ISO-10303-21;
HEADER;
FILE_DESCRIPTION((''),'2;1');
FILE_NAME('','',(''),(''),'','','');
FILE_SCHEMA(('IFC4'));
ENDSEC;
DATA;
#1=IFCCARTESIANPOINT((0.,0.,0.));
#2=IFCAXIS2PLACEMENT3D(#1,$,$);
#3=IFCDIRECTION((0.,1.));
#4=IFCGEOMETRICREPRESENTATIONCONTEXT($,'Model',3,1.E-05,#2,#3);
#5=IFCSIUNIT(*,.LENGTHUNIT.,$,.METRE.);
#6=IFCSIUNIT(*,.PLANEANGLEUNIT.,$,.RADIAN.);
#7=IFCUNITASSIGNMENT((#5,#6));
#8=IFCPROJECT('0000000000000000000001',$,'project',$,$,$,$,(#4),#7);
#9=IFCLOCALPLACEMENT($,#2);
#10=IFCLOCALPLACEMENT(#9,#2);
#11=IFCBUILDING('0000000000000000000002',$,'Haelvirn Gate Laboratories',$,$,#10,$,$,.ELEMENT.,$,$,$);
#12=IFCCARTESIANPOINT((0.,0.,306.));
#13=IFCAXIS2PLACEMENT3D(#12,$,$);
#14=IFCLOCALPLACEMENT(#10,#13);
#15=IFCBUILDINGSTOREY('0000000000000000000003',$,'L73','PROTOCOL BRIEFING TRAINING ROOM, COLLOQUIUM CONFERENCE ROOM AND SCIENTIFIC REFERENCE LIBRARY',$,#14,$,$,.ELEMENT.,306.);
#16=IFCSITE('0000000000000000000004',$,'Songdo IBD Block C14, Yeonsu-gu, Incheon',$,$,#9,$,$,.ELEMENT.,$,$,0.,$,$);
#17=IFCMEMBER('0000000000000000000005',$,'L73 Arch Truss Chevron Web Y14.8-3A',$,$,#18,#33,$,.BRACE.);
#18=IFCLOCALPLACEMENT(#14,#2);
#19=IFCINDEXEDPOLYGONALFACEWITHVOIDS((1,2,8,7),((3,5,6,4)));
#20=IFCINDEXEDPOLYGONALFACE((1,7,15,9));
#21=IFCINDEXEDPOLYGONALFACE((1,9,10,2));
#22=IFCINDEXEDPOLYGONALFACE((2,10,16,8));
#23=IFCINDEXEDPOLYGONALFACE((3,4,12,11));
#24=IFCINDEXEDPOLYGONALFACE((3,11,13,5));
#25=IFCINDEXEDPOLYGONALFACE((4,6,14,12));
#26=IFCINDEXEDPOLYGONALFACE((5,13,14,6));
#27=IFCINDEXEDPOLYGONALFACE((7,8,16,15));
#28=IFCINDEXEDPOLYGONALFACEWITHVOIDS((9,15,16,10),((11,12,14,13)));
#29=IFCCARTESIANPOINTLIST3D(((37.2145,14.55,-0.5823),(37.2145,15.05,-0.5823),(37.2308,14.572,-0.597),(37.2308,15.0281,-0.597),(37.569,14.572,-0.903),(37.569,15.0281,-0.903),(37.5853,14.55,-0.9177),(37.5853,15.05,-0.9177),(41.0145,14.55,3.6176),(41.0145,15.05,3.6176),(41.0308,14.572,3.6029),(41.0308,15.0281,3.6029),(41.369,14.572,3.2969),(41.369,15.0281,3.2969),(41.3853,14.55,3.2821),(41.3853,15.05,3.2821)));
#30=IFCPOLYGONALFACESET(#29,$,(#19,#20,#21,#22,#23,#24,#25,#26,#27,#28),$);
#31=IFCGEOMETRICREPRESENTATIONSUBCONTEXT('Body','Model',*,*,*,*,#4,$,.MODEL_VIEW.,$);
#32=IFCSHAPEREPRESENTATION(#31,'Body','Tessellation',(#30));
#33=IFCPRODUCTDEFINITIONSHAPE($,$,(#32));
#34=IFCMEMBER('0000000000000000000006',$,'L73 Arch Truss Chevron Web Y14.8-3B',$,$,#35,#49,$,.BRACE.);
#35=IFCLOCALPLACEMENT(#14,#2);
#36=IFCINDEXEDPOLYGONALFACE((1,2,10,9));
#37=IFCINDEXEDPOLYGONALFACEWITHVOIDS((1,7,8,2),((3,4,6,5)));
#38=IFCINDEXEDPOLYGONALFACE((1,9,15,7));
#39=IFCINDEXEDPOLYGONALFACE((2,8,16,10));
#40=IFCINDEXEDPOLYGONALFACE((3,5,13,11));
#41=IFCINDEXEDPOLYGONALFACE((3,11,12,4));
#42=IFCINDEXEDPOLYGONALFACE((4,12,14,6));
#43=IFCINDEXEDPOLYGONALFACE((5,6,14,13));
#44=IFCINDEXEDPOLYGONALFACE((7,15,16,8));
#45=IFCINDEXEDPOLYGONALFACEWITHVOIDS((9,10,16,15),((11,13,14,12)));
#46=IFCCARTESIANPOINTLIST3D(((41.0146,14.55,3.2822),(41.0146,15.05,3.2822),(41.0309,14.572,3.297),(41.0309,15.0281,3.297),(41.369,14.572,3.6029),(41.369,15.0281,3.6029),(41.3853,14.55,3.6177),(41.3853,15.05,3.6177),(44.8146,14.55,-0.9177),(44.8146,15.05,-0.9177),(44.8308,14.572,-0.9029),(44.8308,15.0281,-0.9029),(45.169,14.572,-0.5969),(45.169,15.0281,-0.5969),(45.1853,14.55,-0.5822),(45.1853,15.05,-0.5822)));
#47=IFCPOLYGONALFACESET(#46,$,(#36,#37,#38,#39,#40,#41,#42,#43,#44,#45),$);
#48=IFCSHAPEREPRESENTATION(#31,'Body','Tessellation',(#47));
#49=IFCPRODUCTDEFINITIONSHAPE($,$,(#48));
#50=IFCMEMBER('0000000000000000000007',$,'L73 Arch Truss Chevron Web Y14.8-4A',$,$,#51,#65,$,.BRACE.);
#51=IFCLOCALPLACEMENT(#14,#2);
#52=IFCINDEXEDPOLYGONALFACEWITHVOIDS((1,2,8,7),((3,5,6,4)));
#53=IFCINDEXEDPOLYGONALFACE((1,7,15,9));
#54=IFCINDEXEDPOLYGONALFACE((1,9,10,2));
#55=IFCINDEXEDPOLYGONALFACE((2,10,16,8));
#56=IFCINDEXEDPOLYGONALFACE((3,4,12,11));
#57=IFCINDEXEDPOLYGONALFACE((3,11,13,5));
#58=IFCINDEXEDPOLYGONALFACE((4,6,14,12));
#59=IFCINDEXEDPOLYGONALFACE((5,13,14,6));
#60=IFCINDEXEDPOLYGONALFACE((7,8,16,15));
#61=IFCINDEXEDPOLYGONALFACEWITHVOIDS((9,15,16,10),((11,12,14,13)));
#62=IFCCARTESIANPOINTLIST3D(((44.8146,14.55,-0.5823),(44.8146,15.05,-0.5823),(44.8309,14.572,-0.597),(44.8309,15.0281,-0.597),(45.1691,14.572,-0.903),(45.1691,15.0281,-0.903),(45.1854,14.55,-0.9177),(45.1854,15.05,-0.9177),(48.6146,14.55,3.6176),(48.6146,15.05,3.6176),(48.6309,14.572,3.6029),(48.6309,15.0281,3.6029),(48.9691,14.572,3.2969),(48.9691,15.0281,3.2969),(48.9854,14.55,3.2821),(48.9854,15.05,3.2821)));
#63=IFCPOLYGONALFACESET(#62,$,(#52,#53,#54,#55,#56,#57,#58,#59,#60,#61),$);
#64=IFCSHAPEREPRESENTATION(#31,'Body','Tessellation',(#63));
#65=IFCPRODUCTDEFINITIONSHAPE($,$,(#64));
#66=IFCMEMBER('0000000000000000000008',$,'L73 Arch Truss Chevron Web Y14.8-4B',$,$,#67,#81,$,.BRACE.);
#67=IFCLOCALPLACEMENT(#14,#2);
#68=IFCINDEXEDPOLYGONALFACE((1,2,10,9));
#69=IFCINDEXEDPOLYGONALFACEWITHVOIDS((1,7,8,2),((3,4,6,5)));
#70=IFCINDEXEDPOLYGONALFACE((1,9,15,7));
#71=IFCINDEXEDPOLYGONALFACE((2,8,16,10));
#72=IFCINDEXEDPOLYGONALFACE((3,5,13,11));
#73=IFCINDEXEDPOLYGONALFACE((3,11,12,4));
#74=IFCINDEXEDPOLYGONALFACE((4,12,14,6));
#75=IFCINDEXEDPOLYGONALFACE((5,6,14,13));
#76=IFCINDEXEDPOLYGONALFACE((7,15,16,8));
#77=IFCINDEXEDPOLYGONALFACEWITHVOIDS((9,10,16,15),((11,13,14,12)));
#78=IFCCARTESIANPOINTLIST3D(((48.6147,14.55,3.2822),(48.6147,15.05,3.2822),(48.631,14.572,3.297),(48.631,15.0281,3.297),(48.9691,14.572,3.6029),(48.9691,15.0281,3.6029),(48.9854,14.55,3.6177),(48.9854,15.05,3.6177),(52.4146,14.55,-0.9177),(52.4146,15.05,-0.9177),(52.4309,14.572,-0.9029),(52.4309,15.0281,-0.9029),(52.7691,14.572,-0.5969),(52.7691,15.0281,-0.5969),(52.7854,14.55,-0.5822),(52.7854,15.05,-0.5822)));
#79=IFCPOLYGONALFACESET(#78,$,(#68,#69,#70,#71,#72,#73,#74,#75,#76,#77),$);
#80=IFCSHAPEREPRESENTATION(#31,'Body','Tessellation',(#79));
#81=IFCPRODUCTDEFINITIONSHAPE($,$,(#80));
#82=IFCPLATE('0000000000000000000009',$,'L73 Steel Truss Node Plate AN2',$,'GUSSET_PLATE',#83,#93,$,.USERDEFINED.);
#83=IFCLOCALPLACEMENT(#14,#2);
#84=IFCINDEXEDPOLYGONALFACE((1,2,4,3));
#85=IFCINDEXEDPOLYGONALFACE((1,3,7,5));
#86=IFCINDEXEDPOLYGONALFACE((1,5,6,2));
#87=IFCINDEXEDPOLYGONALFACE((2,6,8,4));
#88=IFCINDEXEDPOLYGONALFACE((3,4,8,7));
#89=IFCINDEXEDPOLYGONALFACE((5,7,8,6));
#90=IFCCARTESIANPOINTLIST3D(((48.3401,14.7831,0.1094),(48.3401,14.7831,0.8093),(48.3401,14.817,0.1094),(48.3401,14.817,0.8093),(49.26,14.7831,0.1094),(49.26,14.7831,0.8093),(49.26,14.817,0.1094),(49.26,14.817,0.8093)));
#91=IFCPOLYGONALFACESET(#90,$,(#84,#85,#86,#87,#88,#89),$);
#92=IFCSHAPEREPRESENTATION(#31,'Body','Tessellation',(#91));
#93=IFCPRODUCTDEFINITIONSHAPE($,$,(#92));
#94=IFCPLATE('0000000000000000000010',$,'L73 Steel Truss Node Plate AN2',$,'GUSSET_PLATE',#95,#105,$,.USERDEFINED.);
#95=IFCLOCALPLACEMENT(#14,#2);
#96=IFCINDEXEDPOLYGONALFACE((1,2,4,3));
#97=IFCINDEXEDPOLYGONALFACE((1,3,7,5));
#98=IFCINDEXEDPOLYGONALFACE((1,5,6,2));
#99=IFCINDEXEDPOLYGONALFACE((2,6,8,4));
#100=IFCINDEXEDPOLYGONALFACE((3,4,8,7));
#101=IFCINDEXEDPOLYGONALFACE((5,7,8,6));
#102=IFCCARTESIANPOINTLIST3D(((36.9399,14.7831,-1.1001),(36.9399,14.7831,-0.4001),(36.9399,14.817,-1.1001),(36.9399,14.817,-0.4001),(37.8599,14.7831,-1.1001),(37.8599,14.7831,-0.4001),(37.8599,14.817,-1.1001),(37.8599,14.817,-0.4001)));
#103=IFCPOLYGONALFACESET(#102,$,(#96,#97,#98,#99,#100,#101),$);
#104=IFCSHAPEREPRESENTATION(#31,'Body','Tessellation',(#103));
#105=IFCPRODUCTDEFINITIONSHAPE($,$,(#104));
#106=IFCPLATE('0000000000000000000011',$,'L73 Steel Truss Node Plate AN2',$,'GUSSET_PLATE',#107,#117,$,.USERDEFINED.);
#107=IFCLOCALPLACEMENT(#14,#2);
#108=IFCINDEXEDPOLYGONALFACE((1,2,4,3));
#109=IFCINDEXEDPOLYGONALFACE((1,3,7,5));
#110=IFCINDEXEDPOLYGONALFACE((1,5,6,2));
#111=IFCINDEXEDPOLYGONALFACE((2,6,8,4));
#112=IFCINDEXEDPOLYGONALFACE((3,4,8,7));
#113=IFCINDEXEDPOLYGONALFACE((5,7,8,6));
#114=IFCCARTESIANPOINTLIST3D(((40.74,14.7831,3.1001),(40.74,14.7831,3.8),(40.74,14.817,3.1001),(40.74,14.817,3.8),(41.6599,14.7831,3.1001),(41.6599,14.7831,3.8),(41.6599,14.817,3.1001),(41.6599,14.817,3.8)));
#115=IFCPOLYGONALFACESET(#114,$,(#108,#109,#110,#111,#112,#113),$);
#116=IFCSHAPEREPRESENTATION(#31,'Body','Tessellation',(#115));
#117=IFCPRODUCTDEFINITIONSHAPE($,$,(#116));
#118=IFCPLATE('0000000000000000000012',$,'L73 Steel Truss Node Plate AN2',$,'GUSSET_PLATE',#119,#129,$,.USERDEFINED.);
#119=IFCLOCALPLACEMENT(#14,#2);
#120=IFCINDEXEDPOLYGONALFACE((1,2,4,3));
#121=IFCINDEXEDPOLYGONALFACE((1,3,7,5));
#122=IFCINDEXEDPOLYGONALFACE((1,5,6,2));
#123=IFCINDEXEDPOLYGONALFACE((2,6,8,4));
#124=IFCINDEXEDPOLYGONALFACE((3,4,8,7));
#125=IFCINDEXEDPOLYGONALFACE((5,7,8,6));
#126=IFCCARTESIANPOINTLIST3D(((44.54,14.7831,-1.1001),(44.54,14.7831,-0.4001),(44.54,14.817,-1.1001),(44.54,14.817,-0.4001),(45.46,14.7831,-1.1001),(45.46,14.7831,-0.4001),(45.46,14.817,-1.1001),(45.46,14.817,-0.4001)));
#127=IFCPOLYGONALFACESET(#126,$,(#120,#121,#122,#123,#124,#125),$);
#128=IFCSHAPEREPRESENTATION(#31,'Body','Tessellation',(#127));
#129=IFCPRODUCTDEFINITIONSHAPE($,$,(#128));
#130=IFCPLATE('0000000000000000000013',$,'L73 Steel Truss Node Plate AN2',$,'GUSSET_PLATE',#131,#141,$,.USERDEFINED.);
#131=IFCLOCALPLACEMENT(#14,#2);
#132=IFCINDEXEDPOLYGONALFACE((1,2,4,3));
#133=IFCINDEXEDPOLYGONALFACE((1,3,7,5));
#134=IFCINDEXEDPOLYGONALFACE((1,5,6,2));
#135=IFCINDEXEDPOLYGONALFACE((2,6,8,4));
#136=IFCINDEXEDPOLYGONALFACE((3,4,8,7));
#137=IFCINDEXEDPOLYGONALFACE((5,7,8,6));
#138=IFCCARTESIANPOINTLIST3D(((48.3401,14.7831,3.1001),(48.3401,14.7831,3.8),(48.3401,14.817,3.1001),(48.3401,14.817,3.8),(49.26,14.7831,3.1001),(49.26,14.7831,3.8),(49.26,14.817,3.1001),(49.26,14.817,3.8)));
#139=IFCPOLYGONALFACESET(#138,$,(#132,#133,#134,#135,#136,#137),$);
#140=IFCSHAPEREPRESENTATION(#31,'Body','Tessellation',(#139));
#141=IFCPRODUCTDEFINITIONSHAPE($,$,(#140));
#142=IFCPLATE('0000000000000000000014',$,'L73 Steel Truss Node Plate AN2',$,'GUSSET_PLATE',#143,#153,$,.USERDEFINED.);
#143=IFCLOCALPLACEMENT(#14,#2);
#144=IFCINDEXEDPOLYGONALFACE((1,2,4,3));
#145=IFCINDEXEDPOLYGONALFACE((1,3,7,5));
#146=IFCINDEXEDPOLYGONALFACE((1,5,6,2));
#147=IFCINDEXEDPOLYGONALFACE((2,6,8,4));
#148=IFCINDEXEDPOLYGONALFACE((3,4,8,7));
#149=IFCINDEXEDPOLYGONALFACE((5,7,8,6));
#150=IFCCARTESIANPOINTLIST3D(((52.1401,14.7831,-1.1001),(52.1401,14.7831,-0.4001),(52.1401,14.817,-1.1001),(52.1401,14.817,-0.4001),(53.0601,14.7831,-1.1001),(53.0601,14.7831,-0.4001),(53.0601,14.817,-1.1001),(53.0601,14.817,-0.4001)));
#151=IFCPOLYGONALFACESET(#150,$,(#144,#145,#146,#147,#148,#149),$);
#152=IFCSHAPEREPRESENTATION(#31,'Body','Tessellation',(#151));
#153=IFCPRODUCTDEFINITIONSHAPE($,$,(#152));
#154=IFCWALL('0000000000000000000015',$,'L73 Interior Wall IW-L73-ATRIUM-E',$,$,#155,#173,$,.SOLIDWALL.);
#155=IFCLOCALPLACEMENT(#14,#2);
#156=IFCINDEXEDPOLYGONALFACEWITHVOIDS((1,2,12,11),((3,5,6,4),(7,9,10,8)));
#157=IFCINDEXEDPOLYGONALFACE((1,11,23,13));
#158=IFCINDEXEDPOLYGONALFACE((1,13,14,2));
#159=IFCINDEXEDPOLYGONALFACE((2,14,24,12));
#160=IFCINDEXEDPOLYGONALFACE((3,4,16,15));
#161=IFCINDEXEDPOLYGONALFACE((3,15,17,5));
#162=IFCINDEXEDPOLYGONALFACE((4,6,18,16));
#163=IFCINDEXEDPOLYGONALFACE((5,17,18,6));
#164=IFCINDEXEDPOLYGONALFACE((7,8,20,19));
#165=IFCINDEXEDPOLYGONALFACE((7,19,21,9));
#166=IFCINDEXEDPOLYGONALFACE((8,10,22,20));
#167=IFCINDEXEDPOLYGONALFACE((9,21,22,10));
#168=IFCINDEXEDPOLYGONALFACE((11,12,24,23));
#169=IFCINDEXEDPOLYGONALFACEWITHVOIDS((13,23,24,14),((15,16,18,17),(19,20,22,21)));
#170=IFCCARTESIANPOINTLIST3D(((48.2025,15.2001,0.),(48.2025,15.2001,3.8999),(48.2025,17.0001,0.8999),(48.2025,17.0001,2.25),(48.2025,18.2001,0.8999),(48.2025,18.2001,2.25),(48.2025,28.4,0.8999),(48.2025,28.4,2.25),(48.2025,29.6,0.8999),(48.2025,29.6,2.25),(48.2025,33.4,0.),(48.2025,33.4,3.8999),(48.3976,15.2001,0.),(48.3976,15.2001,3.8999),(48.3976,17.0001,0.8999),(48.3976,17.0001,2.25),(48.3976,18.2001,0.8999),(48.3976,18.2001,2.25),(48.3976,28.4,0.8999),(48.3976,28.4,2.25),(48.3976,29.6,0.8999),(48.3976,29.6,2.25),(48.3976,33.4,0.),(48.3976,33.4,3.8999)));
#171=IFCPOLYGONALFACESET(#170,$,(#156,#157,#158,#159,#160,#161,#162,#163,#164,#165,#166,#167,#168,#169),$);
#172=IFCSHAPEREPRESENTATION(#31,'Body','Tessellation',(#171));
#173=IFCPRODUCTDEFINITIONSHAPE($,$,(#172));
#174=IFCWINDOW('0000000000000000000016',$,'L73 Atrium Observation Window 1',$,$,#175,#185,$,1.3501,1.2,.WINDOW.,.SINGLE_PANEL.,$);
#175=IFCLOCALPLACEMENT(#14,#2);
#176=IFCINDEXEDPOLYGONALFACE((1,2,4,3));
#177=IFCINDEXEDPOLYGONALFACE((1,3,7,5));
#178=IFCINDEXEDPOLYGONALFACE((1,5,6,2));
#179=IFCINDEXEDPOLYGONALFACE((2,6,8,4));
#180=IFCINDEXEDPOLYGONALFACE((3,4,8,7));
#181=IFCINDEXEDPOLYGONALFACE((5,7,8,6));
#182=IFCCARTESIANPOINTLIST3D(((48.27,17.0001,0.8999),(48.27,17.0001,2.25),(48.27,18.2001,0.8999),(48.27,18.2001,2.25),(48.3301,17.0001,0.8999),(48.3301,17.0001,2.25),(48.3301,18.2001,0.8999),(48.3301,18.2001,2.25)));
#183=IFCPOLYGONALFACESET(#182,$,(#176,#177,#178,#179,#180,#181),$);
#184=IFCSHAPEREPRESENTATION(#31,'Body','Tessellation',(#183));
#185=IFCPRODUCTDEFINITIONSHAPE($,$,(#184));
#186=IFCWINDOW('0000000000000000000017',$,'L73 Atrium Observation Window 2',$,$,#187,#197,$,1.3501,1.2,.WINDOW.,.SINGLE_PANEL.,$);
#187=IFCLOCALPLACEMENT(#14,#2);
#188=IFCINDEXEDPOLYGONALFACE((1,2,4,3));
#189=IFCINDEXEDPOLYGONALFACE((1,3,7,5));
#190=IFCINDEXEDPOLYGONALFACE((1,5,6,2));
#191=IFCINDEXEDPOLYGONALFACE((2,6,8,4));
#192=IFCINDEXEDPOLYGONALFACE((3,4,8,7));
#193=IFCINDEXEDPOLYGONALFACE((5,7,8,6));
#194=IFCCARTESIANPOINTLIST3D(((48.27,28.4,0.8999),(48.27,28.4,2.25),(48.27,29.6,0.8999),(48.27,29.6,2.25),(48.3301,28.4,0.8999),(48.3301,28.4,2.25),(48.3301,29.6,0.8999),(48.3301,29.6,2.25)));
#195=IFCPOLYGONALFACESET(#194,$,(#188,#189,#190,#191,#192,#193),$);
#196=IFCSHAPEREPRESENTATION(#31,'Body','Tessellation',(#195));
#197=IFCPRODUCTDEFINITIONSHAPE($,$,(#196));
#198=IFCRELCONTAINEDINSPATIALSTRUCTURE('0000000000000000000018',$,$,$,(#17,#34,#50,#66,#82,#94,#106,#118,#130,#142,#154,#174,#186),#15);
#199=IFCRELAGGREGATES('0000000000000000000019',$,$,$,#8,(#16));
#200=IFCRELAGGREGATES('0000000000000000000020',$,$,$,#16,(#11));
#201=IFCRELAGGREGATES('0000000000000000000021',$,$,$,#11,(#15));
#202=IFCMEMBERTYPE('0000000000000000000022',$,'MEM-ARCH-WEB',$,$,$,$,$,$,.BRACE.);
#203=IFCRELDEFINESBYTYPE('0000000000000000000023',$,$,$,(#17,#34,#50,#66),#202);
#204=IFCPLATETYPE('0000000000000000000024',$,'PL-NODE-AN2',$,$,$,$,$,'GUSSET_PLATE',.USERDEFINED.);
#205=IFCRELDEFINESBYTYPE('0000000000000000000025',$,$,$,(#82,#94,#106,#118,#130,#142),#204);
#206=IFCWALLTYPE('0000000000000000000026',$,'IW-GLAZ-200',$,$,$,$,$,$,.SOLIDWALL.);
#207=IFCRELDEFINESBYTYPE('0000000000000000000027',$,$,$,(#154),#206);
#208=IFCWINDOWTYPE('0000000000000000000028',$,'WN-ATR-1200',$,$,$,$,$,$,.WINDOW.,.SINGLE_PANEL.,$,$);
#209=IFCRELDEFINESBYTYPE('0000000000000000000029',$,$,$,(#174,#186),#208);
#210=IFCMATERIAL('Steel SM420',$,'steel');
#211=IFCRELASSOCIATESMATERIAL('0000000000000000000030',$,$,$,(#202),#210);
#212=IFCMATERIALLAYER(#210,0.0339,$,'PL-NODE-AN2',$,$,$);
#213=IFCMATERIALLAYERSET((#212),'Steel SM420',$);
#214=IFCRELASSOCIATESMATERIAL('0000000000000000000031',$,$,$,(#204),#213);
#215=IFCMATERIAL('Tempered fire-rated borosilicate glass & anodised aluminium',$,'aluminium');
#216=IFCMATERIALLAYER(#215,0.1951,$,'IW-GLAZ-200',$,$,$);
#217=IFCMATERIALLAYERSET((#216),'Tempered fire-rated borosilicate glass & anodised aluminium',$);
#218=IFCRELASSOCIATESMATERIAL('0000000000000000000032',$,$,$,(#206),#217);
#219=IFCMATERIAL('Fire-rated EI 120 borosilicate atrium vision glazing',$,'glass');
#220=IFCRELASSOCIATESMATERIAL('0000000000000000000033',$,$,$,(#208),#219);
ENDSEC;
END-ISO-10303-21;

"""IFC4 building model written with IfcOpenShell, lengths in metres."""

from ifc_helpers import new_model, si_unit, direction, frame, frame_2d, origin, origin_2d, place, context, subcontext, project, spatial, rectangle, hollow_rectangle, extrude, source, transform, mapped, material, layer, layer_set, material_profile, profile_set, type_object, type_shapes, element, fill, save


model = new_model("IFC4")

# Units and contexts
model_context = context("Model", 3, precision=1e-05, world=origin(), true_north=direction((0.0, 1.0)))
body_context = subcontext(model_context, "Body", "Model", "MODEL_VIEW")
ifc_project = project(units=[si_unit("LENGTHUNIT", "METRE"), si_unit("PLANEANGLEUNIT", "RADIAN")], contexts=[model_context])

# Site, building, storey
site_placement = place(None, origin())
site = spatial("IfcSite", under=ifc_project, at=site_placement, Name="Songdo IBD Block C14, Yeonsu-gu, Incheon", CompositionType="ELEMENT", RefElevation=0.0)
building_placement = place(site_placement, origin())
building = spatial("IfcBuilding", under=site, at=building_placement, Name="Haelvirn Gate Laboratories", CompositionType="ELEMENT")
storey_placement = place(building_placement, frame((0.0, 0.0, 306.0)))
storey = spatial("IfcBuildingStorey", under=building, at=storey_placement, Name="L73", Description="PROTOCOL BRIEFING TRAINING ROOM, COLLOQUIUM CONFERENCE ROOM AND SCIENTIFIC REFERENCE LIBRARY", CompositionType="ELEMENT", Elevation=306.0)

# Shared definitions
ifc_material_1 = material(Name="Steel SM420", Category="steel")

# Members
ifc_material_profile_1 = material_profile(ifc_material_1, hollow_rectangle(XDim=0.5, YDim=0.5, WallThickness=0.022, at=origin_2d()), Name="BOX-500x500x22")
ifc_profile_set_1 = profile_set([ifc_material_profile_1], Name="Steel SM420")
member_type_1 = type_object("IfcMemberType", Name="MEM-ARCH-WEB", PredefinedType="BRACE", material=ifc_profile_set_1)
shared_shape_1 = source(origin(), body_context, "Body", "SweptSolid", [
    extrude(hollow_rectangle(XDim=0.5, YDim=0.5, WallThickness=0.022, at=origin_2d()), origin(), (0.0, 0.0, 1.0), 5.6638),
])
type_shapes(member_type_1, [shared_shape_1])
for number, where, z_axis, x_axis, name in (
    (1, (37.3999, 14.8, -0.75), (0.670922, 0.0, 0.741528), (0.0, 1.0, 0.0), "L73 Arch Truss Chevron Web Y14.8-3A"),
    (2, (41.2, 14.8, 3.45), (0.670922, 0.0, -0.741528), (0.0, 1.0, 0.0), "L73 Arch Truss Chevron Web Y14.8-3B"),
    (3, (45.0, 14.8, -0.75), (0.670922, 0.0, 0.741528), (0.0, 1.0, 0.0), "L73 Arch Truss Chevron Web Y14.8-4A"),
    (4, (48.8, 14.8, 3.45), (0.670922, 0.0, -0.741528), (0.0, 1.0, 0.0), "L73 Arch Truss Chevron Web Y14.8-4B"),
):
    element("IfcMember", number, at=place(storey_placement, frame(where, z_axis=z_axis, x_axis=x_axis)), inside=storey, type_object=member_type_1, Name=name, PredefinedType="BRACE", context=body_context, shape_type="MappedRepresentation", body=[
        mapped(shared_shape_1, transform((0.0, 0.0, 0.0), scale=1.0)),
    ])

# Plates
ifc_layer_1 = layer(ifc_material_1, 0.0339, Name="PL-NODE-AN2")
ifc_layer_set_1 = layer_set([ifc_layer_1], Name="Steel SM420")
plate_type = type_object("IfcPlateType", Name="PL-NODE-AN2", ElementType="GUSSET_PLATE", PredefinedType="USERDEFINED", material=ifc_layer_set_1)
shared_shape_2 = source(origin(), body_context, "Body", "SweptSolid", [
    extrude(rectangle(XDim=0.9199, YDim=0.0339, at=origin_2d()), origin(), (0.0, 0.0, 1.0), 0.7),
])
type_shapes(plate_type, [shared_shape_2])
for number, where, z_axis, x_axis, name in (
    (5, (48.8, 14.8, 0.1094), (0.0, 0.0, 1.0), (1.0, 0.0, 0.0), "L73 Steel Truss Node Plate AN2"),
    (6, (37.3999, 14.8, -1.1001), (0.0, 0.0, 1.0), (1.0, 0.0, 0.0), "L73 Steel Truss Node Plate AN2"),
    (7, (41.2, 14.8, 3.1001), (0.0, 0.0, 1.0), (1.0, 0.0, 0.0), "L73 Steel Truss Node Plate AN2"),
    (8, (45.0, 14.8, -1.1001), (0.0, 0.0, 1.0), (1.0, 0.0, 0.0), "L73 Steel Truss Node Plate AN2"),
    (9, (48.8, 14.8, 3.1001), (0.0, 0.0, 1.0), (1.0, 0.0, 0.0), "L73 Steel Truss Node Plate AN2"),
    (10, (52.6001, 14.8, -1.1001), (0.0, 0.0, 1.0), (1.0, 0.0, 0.0), "L73 Steel Truss Node Plate AN2"),
):
    element("IfcPlate", number, at=place(storey_placement, frame(where, z_axis=z_axis, x_axis=x_axis)), inside=storey, type_object=plate_type, Name=name, ObjectType="GUSSET_PLATE", PredefinedType="USERDEFINED", context=body_context, shape_type="MappedRepresentation", body=[
        mapped(shared_shape_2, transform((0.0, 0.0, 0.0), scale=1.0)),
    ])

# Wall, openings, windows
ifc_material_2 = material(Name="Tempered fire-rated borosilicate glass & anodised aluminium", Category="aluminium")
ifc_layer_2 = layer(ifc_material_2, 0.1951, Name="IW-GLAZ-200")
ifc_layer_set_2 = layer_set([ifc_layer_2], Name="Tempered fire-rated borosilicate glass & anodised aluminium")
wall_type_1 = type_object("IfcWallType", Name="IW-GLAZ-200", PredefinedType="SOLIDWALL", material=ifc_layer_set_2)
wall_1_placement = place(storey_placement, frame((48.3, 15.2, 0.0), z_axis=(0.0, 0.0, 1.0), x_axis=(0.0, 1.0, 0.0)))
wall_1 = element("IfcWall", 11, at=wall_1_placement, inside=storey, type_object=wall_type_1, Name="L73 Interior Wall IW-L73-ATRIUM-E", PredefinedType="SOLIDWALL", context=body_context, shape_type="SweptSolid", body=[
    extrude(rectangle(XDim=18.2, YDim=0.1951, at=frame_2d((9.1001, 0.0))), origin(), (0.0, 0.0, 1.0), 3.8999),
])
opening_1_placement = place(wall_1_placement, frame((1.8, 0.0, 0.8999)))
opening_1 = element("IfcOpeningElement", 12, at=opening_1_placement, cuts=wall_1, PredefinedType="OPENING", context=body_context, shape_type="SweptSolid", body=[
    extrude(rectangle(XDim=1.2, YDim=1.3501, at=frame_2d((0.6001, 0.675))), frame((0.0, 0.1074, 0.0), z_axis=(0.0, -1.0, 0.0), x_axis=(1.0, 0.0, 0.0)), (0.0, 0.0, 1.0), 0.2151),
])
opening_2_placement = place(wall_1_placement, frame((13.2, 0.0, 0.8999)))
opening_2 = element("IfcOpeningElement", 13, at=opening_2_placement, cuts=wall_1, PredefinedType="OPENING", context=body_context, shape_type="SweptSolid", body=[
    extrude(rectangle(XDim=1.2, YDim=1.3501, at=frame_2d((0.6001, 0.675))), frame((0.0, 0.1074, 0.0), z_axis=(0.0, -1.0, 0.0), x_axis=(1.0, 0.0, 0.0)), (0.0, 0.0, 1.0), 0.2151),
])
ifc_material_3 = material(Name="Fire-rated EI 120 borosilicate atrium vision glazing", Category="glass")
window_type = type_object("IfcWindowType", Name="WN-ATR-1200", PartitioningType="SINGLE_PANEL", PredefinedType="WINDOW", material=ifc_material_3)
shared_shape_3 = source(origin(), body_context, "Body", "SweptSolid", [
    extrude(rectangle(XDim=1.2, YDim=1.3501, at=frame_2d((0.6001, 0.675))), frame((0.0, 0.03, 0.0), z_axis=(0.0, -1.0, 0.0), x_axis=(1.0, 0.0, 0.0)), (0.0, 0.0, 1.0), 0.0601),
])
type_shapes(window_type, [shared_shape_3])
window_1_placement = place(opening_1_placement, origin())
window_1 = element("IfcWindow", 14, at=window_1_placement, inside=storey, type_object=window_type, Name="L73 Atrium Observation Window 1", OverallHeight=1.3501, OverallWidth=1.2, PartitioningType="SINGLE_PANEL", PredefinedType="WINDOW", context=body_context, shape_type="MappedRepresentation", body=[
    mapped(shared_shape_3, transform((0.0, 0.0, 0.0), scale=1.0)),
])
fill(opening_1, window_1)
window_2_placement = place(opening_2_placement, origin())
window_2 = element("IfcWindow", 15, at=window_2_placement, inside=storey, type_object=window_type, Name="L73 Atrium Observation Window 2", OverallHeight=1.3501, OverallWidth=1.2, PartitioningType="SINGLE_PANEL", PredefinedType="WINDOW", context=body_context, shape_type="MappedRepresentation", body=[
    mapped(shared_shape_3, transform((0.0, 0.0, 0.0), scale=1.0)),
])
fill(opening_2, window_2)

save(model, "model.ifc")
